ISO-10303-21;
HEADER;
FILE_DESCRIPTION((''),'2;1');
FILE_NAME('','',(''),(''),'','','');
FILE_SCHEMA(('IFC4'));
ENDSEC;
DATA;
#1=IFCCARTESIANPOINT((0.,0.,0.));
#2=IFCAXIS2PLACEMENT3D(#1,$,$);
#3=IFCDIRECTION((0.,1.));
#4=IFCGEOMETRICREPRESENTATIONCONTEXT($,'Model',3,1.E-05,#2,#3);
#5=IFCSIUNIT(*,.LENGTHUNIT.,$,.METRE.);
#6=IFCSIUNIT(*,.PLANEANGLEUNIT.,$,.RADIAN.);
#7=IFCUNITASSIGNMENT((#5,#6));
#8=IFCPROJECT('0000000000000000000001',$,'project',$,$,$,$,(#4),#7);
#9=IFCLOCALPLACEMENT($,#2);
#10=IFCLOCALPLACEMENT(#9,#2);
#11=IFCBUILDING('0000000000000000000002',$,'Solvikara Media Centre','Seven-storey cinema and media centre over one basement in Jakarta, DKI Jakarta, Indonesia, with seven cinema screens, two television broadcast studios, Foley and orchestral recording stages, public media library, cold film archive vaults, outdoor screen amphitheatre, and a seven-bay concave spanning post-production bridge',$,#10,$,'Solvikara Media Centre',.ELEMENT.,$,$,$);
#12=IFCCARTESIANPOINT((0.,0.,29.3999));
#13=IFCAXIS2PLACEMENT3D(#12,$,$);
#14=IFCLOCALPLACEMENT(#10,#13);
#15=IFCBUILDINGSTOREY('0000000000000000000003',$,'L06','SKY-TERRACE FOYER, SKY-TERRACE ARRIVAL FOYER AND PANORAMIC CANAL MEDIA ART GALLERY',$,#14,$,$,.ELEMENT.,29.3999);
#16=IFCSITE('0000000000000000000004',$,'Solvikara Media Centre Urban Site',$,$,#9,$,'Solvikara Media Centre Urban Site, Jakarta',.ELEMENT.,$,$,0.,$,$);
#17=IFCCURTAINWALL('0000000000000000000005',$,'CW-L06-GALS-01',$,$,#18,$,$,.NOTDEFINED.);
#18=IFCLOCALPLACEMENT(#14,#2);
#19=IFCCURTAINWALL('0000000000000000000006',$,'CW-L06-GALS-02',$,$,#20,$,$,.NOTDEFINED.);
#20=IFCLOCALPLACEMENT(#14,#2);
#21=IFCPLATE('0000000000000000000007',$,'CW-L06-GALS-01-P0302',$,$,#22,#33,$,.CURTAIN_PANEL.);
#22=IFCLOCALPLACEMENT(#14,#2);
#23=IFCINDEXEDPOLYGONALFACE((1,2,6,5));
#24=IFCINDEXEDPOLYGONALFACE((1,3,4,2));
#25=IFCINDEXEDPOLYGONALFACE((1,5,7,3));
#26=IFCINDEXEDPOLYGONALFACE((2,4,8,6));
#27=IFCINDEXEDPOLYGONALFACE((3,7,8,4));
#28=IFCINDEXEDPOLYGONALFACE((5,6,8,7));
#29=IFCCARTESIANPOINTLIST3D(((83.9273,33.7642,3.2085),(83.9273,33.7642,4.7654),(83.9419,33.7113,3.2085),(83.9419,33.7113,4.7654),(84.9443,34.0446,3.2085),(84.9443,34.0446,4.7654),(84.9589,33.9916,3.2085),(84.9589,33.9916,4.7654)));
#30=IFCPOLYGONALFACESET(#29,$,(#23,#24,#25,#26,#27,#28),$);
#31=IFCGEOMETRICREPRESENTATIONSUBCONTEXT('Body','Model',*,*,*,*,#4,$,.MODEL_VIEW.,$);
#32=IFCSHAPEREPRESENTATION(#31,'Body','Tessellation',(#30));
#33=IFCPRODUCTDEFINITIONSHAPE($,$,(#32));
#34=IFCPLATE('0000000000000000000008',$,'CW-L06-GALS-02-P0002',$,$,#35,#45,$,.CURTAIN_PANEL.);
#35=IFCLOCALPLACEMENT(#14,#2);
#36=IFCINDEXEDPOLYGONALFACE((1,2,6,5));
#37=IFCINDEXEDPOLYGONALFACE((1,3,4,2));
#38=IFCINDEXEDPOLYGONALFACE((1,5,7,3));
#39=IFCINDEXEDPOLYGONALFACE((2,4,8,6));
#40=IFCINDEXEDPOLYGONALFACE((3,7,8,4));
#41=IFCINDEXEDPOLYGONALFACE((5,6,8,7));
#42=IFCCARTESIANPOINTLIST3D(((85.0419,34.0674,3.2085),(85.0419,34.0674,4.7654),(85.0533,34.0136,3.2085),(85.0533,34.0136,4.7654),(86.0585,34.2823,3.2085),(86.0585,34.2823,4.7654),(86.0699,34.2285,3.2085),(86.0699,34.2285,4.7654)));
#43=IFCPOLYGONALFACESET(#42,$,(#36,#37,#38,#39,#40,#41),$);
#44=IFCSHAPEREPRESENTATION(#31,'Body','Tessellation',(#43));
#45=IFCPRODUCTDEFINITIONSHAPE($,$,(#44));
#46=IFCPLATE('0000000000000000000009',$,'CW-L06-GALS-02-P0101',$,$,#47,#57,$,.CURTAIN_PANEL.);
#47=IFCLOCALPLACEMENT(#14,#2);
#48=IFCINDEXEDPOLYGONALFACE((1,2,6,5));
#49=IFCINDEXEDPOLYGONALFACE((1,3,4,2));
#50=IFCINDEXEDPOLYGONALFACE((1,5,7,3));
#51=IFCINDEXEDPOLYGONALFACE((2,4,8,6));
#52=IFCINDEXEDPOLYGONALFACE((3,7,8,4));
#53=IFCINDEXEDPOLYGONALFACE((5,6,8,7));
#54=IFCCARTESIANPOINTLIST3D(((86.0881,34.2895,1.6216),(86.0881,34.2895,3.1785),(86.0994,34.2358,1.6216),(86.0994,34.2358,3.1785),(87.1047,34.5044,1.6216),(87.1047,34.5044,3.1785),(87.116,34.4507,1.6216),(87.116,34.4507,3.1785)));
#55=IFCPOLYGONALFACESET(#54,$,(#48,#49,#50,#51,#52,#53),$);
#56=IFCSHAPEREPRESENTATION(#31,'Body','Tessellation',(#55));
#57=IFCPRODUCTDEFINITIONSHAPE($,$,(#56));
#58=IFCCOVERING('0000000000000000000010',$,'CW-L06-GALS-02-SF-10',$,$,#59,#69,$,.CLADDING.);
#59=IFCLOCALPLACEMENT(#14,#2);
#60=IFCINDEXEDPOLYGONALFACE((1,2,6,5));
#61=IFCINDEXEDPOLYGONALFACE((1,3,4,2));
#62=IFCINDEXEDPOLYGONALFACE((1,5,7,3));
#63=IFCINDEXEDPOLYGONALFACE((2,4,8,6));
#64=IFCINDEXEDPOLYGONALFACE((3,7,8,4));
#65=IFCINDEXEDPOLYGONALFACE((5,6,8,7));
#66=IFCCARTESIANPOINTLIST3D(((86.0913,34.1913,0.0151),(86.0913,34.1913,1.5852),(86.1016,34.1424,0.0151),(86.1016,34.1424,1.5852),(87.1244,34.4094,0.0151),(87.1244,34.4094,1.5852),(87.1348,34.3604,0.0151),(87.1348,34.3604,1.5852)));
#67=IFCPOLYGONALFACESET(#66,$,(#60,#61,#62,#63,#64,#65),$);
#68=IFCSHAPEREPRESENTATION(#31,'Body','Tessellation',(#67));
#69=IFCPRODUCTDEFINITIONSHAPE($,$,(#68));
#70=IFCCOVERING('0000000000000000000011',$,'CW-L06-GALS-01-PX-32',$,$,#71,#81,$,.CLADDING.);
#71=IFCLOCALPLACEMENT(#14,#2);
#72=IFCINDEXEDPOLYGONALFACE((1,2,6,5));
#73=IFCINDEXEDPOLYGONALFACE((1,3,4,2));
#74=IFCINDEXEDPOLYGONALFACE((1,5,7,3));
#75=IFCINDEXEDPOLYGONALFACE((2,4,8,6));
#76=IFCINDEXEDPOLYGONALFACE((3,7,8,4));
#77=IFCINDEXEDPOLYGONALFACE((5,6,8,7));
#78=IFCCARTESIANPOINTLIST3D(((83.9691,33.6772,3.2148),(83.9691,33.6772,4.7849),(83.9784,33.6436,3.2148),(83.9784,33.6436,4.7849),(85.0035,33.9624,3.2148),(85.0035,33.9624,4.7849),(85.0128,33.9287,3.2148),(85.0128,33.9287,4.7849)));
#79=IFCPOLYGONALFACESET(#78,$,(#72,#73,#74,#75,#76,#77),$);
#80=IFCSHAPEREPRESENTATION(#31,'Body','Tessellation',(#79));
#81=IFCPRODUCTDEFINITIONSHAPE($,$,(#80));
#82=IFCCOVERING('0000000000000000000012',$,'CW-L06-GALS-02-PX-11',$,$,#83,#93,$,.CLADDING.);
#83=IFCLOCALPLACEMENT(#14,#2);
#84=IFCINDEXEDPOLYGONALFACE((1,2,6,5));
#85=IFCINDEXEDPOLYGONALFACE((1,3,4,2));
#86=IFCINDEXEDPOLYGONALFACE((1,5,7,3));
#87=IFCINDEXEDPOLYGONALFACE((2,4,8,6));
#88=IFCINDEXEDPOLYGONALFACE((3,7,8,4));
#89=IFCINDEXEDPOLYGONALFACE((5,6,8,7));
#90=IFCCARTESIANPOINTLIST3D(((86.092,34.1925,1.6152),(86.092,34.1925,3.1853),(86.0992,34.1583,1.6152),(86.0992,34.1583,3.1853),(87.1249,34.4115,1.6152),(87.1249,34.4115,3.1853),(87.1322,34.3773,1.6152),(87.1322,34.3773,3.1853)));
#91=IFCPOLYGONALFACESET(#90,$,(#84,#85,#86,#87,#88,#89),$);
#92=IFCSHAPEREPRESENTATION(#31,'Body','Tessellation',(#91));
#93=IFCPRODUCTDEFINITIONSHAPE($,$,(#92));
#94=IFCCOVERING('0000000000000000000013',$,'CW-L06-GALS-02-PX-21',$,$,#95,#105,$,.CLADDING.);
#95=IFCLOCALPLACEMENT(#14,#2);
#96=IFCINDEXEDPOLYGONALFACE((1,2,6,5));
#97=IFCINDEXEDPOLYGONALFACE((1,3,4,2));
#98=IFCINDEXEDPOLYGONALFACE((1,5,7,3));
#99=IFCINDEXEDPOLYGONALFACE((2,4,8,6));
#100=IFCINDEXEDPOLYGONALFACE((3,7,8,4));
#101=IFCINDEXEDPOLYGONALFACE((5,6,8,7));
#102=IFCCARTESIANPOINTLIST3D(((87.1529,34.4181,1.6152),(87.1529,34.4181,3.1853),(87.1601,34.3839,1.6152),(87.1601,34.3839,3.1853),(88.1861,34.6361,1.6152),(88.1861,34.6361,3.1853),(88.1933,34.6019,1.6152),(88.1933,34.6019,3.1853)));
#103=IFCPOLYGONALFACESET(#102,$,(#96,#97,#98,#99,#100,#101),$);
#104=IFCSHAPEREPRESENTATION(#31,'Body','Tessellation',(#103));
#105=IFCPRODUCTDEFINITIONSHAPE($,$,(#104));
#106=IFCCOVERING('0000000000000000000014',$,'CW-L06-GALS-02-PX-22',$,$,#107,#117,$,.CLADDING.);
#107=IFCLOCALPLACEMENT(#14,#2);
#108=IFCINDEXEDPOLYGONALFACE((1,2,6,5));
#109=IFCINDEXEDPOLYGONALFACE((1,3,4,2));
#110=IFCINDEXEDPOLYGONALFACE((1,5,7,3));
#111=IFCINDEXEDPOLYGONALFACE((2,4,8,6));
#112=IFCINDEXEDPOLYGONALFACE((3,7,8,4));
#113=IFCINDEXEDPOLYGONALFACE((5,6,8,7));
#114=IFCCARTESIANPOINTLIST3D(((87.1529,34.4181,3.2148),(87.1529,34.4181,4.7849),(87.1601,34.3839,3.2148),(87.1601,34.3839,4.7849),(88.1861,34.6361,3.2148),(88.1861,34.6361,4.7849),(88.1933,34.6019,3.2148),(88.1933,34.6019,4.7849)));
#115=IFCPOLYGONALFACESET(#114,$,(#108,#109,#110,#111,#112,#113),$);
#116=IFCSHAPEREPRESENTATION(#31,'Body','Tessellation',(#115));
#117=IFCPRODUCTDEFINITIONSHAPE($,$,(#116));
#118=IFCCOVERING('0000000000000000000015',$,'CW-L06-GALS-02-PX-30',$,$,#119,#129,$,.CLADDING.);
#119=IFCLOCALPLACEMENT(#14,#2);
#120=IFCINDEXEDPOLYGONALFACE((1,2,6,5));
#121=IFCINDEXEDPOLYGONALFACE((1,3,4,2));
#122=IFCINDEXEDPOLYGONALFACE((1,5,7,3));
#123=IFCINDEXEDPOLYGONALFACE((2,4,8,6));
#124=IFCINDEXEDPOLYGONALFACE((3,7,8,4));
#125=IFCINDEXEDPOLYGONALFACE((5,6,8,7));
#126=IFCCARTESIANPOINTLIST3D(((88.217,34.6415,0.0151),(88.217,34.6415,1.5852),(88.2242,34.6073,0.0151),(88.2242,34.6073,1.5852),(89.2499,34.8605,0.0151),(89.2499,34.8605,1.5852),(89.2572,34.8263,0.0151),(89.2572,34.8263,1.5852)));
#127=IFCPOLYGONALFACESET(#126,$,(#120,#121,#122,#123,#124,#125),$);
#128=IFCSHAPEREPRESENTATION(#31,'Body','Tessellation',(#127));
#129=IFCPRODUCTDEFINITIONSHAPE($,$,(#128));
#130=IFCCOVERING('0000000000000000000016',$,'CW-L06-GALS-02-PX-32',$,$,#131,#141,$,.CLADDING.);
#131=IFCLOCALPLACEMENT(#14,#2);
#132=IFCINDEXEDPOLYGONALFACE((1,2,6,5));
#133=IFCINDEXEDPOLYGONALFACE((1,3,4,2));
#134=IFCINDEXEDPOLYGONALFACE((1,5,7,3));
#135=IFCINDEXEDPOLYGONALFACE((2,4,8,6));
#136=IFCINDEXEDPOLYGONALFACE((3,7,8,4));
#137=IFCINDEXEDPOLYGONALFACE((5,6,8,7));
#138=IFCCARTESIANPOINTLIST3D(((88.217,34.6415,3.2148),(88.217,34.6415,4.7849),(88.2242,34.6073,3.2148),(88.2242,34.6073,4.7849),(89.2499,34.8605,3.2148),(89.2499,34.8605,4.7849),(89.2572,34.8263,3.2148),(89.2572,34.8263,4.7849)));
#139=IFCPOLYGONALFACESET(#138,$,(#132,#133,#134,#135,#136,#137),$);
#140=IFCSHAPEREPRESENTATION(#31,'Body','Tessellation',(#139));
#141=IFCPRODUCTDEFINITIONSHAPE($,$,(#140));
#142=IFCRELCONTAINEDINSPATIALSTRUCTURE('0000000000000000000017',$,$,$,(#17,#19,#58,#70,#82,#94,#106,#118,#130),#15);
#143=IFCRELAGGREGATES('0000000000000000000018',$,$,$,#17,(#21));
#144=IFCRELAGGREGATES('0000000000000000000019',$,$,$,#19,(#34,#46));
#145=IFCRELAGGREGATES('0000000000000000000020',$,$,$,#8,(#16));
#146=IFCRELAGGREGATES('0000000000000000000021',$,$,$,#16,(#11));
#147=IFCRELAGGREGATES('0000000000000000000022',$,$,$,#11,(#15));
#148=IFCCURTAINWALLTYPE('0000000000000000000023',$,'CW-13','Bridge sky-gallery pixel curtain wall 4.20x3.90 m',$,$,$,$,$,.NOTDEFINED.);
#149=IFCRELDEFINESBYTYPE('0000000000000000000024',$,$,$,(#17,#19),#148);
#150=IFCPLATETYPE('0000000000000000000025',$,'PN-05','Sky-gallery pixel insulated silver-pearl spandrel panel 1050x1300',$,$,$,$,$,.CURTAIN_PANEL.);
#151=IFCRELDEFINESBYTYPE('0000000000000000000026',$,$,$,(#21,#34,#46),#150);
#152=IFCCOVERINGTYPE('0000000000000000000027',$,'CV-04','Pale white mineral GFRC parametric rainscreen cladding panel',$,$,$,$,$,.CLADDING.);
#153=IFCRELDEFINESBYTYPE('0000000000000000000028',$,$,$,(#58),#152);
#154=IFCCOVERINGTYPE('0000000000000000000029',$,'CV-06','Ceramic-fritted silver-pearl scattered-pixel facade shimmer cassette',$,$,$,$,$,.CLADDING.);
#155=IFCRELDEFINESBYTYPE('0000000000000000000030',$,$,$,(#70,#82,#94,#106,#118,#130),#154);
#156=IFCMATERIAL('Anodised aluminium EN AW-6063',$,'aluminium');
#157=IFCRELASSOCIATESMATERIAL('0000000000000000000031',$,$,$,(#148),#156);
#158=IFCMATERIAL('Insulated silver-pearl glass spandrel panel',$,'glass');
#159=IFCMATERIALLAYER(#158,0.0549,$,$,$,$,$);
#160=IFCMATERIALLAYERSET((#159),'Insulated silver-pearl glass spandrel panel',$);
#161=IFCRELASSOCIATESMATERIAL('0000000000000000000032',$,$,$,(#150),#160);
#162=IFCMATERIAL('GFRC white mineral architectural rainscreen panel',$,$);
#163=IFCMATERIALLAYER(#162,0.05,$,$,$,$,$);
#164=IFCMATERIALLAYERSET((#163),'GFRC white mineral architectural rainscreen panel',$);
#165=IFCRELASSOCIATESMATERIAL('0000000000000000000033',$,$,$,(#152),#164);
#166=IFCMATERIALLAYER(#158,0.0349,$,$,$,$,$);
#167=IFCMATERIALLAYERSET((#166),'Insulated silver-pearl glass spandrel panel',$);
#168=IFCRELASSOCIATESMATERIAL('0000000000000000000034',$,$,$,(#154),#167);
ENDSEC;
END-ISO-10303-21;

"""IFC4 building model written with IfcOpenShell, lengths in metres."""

from ifc_helpers import new_model, si_unit, direction, frame, origin, origin_2d, place, context, subcontext, project, spatial, rectangle, extrude, material, layer, layer_set, type_object, element, aggregate, save


model = new_model("IFC4")

# Units and contexts
model_context = context("Model", 3, precision=1e-05, world=origin(), true_north=direction((0.0, 1.0)))
body_context = subcontext(model_context, "Body", "Model", "MODEL_VIEW")
ifc_project = project(units=[si_unit("LENGTHUNIT", "METRE"), si_unit("PLANEANGLEUNIT", "RADIAN")], contexts=[model_context])

# Site, building, storey
site_placement = place(None, origin())
site = spatial("IfcSite", under=ifc_project, at=site_placement, Name="Solvikara Media Centre Urban Site", LongName="Solvikara Media Centre Urban Site, Jakarta", CompositionType="ELEMENT", RefElevation=0.0)
building_placement = place(site_placement, origin())
building = spatial("IfcBuilding", under=site, at=building_placement, Name="Solvikara Media Centre", Description="Seven-storey cinema and media centre over one basement in Jakarta, DKI Jakarta, Indonesia, with seven cinema screens, two television broadcast studios, Foley and orchestral recording stages, public media library, cold film archive vaults, outdoor screen amphitheatre, and a seven-bay concave spanning post-production bridge", LongName="Solvikara Media Centre", CompositionType="ELEMENT")
storey_placement = place(building_placement, frame((0.0, 0.0, 29.3999)))
storey = spatial("IfcBuildingStorey", under=building, at=storey_placement, Name="L06", Description="SKY-TERRACE FOYER, SKY-TERRACE ARRIVAL FOYER AND PANORAMIC CANAL MEDIA ART GALLERY", CompositionType="ELEMENT", Elevation=29.3999)

# Curtain wall
ifc_material_1 = material(Name="Anodised aluminium EN AW-6063", Category="aluminium")
curtain_wall_type = type_object("IfcCurtainWallType", Name="CW-13", Description="Bridge sky-gallery pixel curtain wall 4.20x3.90 m", PredefinedType="NOTDEFINED", material=ifc_material_1)
curtain_wall_1_placement = place(storey_placement, origin())
curtain_wall_1 = element("IfcCurtainWall", 1, at=curtain_wall_1_placement, inside=storey, type_object=curtain_wall_type, Name="CW-L06-GALS-01", PredefinedType="NOTDEFINED")

# Curtain wall
curtain_wall_2_placement = place(storey_placement, origin())
curtain_wall_2 = element("IfcCurtainWall", 2, at=curtain_wall_2_placement, inside=storey, type_object=curtain_wall_type, Name="CW-L06-GALS-02", PredefinedType="NOTDEFINED")

# Plates
ifc_material_2 = material(Name="Insulated silver-pearl glass spandrel panel", Category="glass")
ifc_layer_1 = layer(ifc_material_2, 0.0549)
ifc_layer_set_1 = layer_set([ifc_layer_1], Name="Insulated silver-pearl glass spandrel panel")
plate_type_1 = type_object("IfcPlateType", Name="PN-05", Description="Sky-gallery pixel insulated silver-pearl spandrel panel 1050x1300", PredefinedType="CURTAIN_PANEL", material=ifc_layer_set_1)
plate_1_placement = place(storey_placement, frame((84.4431, 33.8779, 3.2085), z_axis=(0.0, 0.0, 1.0), x_axis=(0.96403, 0.265792, 0.0)))
plate_1 = element("IfcPlate", 3, at=plate_1_placement, type_object=plate_type_1, Name="CW-L06-GALS-01-P0302", PredefinedType="CURTAIN_PANEL", context=body_context, shape_type="SweptSolid", body=[
    extrude(rectangle(XDim=1.0549, YDim=0.0549, at=origin_2d()), origin(), (0.0, 0.0, 1.0), 1.5569),
])
aggregate(curtain_wall_1, [plate_1])
plate_2_placement = place(storey_placement, frame((85.5559, 34.1479, 3.2085), z_axis=(0.0, 0.0, 1.0), x_axis=(0.978379, 0.206819, 0.0)))
plate_2 = element("IfcPlate", 4, at=plate_2_placement, type_object=plate_type_1, Name="CW-L06-GALS-02-P0002", PredefinedType="CURTAIN_PANEL", context=body_context, shape_type="SweptSolid", body=[
    extrude(rectangle(XDim=1.0391, YDim=0.0549, at=origin_2d()), origin(), (0.0, 0.0, 1.0), 1.5569),
])
plate_3_placement = place(storey_placement, frame((86.6021, 34.3701, 1.6216), z_axis=(0.0, 0.0, 1.0), x_axis=(0.978379, 0.206819, 0.0)))
plate_3 = element("IfcPlate", 5, at=plate_3_placement, type_object=plate_type_1, Name="CW-L06-GALS-02-P0101", PredefinedType="CURTAIN_PANEL", context=body_context, shape_type="SweptSolid", body=[
    extrude(rectangle(XDim=1.0391, YDim=0.0549, at=origin_2d()), origin(), (0.0, 0.0, 1.0), 1.5569),
])
aggregate(curtain_wall_2, [plate_2, plate_3])

# Coverings
ifc_material_3 = material(Name="GFRC white mineral architectural rainscreen panel")
ifc_layer_2 = layer(ifc_material_3, 0.05)
ifc_layer_set_2 = layer_set([ifc_layer_2], Name="GFRC white mineral architectural rainscreen panel")
covering_type_1 = type_object("IfcCoveringType", Name="CV-04", Description="Pale white mineral GFRC parametric rainscreen cladding panel", PredefinedType="CLADDING", material=ifc_layer_set_2)
covering_1_placement = place(storey_placement, frame((86.613, 34.2759, 0.0151), z_axis=(0.0, 0.0, 1.0), x_axis=(0.978448, 0.206495, 0.0)))
element("IfcCovering", 6, at=covering_1_placement, inside=storey, type_object=covering_type_1, Name="CW-L06-GALS-02-SF-10", PredefinedType="CLADDING", context=body_context, shape_type="SweptSolid", body=[
    extrude(rectangle(XDim=1.0559, YDim=0.05, at=origin_2d()), origin(), (0.0, 0.0, 1.0), 1.5701),
])
ifc_layer_3 = layer(ifc_material_2, 0.0349)
ifc_layer_set_3 = layer_set([ifc_layer_3], Name="Insulated silver-pearl glass spandrel panel")
covering_type_2 = type_object("IfcCoveringType", Name="CV-06", Description="Ceramic-fritted silver-pearl scattered-pixel facade shimmer cassette", PredefinedType="CLADDING", material=ifc_layer_set_3)
covering_2_placement = place(storey_placement, frame((84.491, 33.803, 3.2148), z_axis=(0.0, 0.0, 1.0), x_axis=(0.964049, 0.265724, 0.0)))
element("IfcCovering", 7, at=covering_2_placement, inside=storey, type_object=covering_type_2, Name="CW-L06-GALS-01-PX-32", PredefinedType="CLADDING", context=body_context, shape_type="SweptSolid", body=[
    extrude(rectangle(XDim=1.073, YDim=0.0349, at=origin_2d()), origin(), (0.0, 0.0, 1.0), 1.5701),
])
for number, where, z_axis, x_axis, name in (
    (8, (86.6121, 34.2849, 1.6152), (0.0, 0.0, 1.0), (0.978256, 0.2074, 0.0), "CW-L06-GALS-02-PX-11"),
    (9, (87.6731, 34.51, 1.6152), (0.0, 0.0, 1.0), (0.978448, 0.206495, 0.0), "CW-L06-GALS-02-PX-21"),
    (10, (87.6731, 34.51, 3.2148), (0.0, 0.0, 1.0), (0.978448, 0.206495, 0.0), "CW-L06-GALS-02-PX-22"),
    (11, (88.7371, 34.7339, 0.0151), (0.0, 0.0, 1.0), (0.978256, 0.2074, 0.0), "CW-L06-GALS-02-PX-30"),
    (12, (88.7371, 34.7339, 3.2148), (0.0, 0.0, 1.0), (0.978256, 0.2074, 0.0), "CW-L06-GALS-02-PX-32"),
):
    element("IfcCovering", number, at=place(storey_placement, frame(where, z_axis=z_axis, x_axis=x_axis)), inside=storey, type_object=covering_type_2, Name=name, PredefinedType="CLADDING", context=body_context, shape_type="SweptSolid", body=[
        extrude(rectangle(XDim=1.0559, YDim=0.0349, at=origin_2d()), origin(), (0.0, 0.0, 1.0), 1.5701),
    ])

save(model, "model.ifc")
